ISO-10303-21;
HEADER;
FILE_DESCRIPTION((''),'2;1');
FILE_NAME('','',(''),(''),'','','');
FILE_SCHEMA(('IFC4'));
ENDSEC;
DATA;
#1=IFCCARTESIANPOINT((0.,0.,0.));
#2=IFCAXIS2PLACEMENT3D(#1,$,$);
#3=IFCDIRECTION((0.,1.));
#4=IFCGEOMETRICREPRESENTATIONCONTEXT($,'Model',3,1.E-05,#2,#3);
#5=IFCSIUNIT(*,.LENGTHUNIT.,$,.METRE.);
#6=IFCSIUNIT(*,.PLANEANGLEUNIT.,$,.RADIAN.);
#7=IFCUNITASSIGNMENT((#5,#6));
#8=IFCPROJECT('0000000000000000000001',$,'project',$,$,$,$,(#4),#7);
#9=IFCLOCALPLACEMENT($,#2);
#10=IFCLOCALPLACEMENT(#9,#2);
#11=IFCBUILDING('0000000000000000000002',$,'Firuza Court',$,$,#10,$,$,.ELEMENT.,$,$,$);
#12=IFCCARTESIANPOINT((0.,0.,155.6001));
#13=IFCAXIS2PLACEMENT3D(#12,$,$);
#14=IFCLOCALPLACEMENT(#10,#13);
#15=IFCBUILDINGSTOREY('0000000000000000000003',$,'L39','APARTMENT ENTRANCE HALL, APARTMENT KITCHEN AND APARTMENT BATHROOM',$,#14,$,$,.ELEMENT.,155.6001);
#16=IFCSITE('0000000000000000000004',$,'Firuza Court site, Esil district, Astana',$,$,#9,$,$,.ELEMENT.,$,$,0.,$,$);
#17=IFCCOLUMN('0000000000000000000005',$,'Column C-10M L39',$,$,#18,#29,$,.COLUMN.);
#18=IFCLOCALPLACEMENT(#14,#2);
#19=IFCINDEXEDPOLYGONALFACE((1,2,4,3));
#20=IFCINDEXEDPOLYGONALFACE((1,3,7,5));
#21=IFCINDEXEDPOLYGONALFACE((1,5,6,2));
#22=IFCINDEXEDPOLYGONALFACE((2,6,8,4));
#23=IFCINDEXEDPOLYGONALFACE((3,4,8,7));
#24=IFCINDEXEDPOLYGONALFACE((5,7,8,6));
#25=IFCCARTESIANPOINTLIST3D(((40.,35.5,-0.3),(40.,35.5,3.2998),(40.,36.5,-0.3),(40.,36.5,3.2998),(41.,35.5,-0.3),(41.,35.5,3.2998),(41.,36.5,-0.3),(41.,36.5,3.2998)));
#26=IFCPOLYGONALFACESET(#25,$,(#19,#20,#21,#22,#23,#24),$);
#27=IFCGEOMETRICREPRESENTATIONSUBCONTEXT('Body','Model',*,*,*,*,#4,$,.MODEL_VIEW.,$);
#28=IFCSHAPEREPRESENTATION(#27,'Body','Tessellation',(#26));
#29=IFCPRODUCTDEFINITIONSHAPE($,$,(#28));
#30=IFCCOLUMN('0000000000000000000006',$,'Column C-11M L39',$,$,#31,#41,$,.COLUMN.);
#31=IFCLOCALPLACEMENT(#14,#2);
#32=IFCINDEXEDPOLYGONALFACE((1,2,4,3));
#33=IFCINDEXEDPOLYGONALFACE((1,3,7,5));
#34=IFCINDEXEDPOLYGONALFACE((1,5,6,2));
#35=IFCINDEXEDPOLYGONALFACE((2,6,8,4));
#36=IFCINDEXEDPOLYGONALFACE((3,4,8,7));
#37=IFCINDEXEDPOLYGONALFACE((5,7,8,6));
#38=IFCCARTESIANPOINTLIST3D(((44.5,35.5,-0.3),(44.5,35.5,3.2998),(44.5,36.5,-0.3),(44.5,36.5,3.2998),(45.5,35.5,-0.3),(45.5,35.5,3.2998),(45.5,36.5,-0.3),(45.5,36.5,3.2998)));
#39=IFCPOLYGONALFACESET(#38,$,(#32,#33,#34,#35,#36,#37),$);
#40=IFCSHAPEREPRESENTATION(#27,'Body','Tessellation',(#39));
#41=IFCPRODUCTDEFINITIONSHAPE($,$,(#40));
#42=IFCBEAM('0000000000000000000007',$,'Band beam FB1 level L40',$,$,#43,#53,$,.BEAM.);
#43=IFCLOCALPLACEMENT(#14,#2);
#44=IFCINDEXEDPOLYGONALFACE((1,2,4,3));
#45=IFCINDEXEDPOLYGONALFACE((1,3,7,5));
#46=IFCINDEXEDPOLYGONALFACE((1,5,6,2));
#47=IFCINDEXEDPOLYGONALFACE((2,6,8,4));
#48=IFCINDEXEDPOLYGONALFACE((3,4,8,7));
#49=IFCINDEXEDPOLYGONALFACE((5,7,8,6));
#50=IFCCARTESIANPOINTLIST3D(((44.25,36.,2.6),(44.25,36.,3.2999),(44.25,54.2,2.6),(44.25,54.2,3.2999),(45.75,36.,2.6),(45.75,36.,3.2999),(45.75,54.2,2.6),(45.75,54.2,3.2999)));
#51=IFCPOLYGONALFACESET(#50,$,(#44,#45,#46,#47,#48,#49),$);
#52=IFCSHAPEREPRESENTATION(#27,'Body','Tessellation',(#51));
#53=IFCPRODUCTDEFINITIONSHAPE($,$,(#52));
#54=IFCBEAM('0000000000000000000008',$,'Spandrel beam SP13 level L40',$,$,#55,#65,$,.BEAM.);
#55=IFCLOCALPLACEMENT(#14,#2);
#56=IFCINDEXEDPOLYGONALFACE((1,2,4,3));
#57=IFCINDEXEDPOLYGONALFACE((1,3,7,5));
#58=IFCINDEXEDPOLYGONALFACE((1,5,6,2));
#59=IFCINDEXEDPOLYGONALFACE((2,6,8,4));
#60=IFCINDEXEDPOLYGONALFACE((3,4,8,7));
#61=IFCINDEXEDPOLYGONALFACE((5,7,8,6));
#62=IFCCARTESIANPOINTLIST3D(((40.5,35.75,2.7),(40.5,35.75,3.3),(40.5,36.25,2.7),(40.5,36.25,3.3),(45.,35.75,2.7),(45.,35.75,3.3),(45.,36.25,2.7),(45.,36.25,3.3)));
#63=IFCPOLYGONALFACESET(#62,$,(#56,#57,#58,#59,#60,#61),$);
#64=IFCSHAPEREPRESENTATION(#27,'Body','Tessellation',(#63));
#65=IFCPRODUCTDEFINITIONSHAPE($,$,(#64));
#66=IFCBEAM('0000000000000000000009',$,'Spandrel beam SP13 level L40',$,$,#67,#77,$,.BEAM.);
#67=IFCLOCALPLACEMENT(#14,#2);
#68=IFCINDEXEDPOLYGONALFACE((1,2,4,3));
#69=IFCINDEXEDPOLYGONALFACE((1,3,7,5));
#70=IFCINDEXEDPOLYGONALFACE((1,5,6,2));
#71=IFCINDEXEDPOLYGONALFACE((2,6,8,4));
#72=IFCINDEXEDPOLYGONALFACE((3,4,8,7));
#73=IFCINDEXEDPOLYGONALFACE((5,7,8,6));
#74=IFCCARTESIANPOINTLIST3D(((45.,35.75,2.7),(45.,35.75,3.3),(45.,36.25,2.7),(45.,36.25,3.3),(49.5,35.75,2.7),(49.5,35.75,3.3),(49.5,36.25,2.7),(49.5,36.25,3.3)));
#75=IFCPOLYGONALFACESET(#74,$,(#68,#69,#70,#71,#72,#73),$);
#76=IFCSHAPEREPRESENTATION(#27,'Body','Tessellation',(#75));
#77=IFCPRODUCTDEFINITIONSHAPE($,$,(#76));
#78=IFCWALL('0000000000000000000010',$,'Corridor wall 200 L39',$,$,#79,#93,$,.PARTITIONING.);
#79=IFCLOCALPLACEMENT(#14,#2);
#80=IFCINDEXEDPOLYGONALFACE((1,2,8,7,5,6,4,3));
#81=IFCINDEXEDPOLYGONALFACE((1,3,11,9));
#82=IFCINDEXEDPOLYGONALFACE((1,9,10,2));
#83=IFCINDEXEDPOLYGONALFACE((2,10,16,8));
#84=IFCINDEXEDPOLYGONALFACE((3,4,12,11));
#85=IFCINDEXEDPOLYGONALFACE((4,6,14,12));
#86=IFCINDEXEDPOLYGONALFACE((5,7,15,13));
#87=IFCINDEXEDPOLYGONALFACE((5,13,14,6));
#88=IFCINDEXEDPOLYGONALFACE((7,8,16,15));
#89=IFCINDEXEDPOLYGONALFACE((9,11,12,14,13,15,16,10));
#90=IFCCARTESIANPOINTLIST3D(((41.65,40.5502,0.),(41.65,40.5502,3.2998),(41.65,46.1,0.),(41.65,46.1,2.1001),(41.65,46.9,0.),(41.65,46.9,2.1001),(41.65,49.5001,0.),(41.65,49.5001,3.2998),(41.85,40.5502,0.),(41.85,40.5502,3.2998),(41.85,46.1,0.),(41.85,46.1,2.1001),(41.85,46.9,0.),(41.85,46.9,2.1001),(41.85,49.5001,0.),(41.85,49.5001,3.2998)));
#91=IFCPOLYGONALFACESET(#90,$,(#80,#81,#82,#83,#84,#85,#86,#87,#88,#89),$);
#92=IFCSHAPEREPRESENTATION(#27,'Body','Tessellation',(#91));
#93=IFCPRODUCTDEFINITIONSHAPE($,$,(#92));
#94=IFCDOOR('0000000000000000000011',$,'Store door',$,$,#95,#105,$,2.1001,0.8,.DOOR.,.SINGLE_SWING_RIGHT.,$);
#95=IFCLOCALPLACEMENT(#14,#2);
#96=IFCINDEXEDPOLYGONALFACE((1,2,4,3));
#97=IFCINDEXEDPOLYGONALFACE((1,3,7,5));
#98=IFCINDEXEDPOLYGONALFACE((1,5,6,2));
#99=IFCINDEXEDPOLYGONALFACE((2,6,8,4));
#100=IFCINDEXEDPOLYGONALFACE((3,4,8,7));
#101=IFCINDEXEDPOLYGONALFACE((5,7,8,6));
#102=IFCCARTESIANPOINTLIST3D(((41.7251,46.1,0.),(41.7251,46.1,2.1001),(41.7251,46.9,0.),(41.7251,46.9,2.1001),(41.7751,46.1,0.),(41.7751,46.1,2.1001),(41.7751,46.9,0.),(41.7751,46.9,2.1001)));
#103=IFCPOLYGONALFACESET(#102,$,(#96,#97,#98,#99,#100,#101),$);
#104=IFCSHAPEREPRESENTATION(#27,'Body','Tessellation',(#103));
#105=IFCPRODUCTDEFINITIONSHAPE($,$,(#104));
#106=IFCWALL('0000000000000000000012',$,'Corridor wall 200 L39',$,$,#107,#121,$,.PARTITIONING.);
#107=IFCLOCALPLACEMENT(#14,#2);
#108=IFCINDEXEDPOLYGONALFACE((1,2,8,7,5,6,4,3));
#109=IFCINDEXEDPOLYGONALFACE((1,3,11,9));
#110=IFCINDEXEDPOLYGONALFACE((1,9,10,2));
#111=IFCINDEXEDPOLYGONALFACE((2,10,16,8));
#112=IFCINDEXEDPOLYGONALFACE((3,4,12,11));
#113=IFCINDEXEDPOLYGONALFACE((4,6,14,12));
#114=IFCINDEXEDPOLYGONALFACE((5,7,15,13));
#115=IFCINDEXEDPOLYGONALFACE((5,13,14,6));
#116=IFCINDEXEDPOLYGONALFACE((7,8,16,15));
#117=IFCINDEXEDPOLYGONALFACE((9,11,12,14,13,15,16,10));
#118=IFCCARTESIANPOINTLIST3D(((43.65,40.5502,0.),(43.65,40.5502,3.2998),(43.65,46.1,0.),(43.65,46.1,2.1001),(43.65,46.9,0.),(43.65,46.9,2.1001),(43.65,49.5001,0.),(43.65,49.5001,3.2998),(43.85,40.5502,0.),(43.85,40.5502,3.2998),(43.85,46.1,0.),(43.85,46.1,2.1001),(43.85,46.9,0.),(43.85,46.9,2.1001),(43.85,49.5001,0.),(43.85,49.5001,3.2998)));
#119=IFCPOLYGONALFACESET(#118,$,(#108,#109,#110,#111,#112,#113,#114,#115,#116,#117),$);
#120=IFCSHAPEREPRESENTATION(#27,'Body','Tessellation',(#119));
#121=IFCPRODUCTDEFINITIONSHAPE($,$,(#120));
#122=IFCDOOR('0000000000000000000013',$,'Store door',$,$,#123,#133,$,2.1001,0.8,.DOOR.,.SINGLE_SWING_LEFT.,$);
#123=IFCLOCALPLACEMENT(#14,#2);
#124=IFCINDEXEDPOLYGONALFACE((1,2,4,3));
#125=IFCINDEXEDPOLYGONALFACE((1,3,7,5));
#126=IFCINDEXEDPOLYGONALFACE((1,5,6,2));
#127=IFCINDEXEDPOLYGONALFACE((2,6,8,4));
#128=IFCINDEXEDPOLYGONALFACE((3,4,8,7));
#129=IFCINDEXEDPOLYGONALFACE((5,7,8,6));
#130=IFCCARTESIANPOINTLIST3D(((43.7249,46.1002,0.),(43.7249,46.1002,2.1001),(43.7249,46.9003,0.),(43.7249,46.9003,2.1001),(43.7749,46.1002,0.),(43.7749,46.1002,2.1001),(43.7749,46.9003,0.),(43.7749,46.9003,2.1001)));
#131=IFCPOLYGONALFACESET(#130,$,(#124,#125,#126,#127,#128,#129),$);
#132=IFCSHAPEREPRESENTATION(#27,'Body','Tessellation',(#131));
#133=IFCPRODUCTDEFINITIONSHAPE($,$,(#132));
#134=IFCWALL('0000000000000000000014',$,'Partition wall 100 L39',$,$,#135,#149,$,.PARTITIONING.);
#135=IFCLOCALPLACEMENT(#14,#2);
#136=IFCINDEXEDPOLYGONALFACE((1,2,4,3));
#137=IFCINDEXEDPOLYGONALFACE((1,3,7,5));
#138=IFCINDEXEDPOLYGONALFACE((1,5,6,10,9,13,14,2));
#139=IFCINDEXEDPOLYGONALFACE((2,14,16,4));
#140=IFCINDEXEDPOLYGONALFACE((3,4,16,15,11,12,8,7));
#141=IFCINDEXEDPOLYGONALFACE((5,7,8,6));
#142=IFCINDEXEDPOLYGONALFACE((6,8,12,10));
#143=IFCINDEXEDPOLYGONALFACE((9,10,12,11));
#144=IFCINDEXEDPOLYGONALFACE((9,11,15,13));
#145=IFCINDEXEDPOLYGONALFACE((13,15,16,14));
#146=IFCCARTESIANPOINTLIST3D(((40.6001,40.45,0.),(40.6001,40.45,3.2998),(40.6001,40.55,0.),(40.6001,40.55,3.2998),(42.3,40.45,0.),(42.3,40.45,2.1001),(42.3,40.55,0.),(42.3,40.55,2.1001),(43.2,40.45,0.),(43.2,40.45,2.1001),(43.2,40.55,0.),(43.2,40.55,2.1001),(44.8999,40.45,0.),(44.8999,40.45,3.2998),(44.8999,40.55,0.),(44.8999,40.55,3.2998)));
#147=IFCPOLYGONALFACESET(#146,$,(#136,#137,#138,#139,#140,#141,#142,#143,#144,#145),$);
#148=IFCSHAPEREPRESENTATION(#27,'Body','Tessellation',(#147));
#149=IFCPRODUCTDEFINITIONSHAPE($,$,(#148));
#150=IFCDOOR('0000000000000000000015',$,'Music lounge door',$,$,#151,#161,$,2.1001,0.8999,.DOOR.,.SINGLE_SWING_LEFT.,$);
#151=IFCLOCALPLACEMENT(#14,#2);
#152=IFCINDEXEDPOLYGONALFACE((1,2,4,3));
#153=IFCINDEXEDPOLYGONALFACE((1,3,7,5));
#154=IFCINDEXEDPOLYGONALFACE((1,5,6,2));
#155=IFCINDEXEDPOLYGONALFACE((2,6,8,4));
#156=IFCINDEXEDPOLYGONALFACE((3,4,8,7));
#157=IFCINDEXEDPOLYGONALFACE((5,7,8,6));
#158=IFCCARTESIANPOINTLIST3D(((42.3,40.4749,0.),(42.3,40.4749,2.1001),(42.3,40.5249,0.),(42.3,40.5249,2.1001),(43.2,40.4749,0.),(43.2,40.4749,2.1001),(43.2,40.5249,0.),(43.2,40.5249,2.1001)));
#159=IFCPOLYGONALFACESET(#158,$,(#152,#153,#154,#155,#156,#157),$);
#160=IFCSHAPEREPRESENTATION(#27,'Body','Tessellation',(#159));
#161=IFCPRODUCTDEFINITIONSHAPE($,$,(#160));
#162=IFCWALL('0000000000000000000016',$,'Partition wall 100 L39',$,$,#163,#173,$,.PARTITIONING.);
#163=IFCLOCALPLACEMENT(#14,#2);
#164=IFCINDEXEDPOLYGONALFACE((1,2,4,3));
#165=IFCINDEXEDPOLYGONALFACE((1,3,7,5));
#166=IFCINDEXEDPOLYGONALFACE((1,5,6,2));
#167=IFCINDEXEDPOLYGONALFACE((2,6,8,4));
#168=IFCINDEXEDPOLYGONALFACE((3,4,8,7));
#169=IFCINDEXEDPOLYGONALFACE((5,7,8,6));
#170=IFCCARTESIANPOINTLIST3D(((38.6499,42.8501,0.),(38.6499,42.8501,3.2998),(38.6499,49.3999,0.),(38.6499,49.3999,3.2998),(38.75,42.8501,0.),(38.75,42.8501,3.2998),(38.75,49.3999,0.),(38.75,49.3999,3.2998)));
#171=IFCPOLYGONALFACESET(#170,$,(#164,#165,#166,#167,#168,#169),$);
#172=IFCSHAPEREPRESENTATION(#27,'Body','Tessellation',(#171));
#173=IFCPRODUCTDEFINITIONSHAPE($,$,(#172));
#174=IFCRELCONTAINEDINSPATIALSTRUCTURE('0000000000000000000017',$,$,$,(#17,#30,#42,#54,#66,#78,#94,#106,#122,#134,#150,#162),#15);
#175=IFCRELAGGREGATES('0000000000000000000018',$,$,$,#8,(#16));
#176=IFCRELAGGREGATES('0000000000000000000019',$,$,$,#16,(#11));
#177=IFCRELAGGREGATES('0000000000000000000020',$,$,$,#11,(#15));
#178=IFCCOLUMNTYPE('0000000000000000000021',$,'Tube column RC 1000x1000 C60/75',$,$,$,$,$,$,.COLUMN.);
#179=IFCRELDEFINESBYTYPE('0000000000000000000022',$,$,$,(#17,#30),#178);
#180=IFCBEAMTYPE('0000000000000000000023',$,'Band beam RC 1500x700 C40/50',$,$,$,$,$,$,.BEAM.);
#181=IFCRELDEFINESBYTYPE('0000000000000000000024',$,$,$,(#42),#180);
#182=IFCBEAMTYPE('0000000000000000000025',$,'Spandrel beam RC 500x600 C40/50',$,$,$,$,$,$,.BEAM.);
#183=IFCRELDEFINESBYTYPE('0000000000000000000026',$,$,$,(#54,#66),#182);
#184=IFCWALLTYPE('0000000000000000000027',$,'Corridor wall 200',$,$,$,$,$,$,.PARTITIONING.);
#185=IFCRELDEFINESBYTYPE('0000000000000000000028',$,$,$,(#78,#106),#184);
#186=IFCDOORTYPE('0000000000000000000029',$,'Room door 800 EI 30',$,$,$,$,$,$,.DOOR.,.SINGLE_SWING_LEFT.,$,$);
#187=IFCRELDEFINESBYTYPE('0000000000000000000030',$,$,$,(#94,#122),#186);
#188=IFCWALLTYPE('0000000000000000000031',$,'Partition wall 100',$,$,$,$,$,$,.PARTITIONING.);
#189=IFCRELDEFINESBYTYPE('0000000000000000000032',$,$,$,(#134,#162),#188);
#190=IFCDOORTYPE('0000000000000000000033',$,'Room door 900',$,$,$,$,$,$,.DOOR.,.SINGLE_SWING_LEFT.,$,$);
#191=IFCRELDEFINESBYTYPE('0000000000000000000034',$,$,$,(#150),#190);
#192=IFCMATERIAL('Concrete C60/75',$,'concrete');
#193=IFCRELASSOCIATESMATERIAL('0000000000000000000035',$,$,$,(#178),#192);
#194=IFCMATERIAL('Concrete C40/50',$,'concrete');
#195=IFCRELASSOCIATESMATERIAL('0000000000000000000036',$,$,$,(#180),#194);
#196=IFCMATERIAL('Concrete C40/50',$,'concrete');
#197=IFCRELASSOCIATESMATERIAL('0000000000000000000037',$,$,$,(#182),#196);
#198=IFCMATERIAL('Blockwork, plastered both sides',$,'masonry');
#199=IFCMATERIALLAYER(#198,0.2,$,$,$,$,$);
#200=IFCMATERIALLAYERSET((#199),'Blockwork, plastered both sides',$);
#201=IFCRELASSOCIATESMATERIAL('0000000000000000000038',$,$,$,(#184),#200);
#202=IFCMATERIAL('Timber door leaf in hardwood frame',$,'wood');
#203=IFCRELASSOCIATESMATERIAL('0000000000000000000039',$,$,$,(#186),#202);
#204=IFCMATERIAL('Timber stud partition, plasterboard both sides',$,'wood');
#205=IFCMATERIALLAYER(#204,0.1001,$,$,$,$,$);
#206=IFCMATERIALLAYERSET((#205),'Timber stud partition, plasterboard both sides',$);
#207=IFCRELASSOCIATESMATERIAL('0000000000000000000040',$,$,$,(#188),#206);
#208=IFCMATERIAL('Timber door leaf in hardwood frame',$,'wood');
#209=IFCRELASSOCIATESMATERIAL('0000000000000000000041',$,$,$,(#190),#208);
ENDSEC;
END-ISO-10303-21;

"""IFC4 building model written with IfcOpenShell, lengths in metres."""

from ifc_helpers import new_model, si_unit, direction, frame, frame_2d, origin, origin_2d, place, context, subcontext, project, spatial, rectangle, extrude, material, layer, layer_set, material_profile, profile_set, type_object, element, fill, save


model = new_model("IFC4")

# Units and contexts
model_context = context("Model", 3, precision=1e-05, world=origin(), true_north=direction((0.0, 1.0)))
body_context = subcontext(model_context, "Body", "Model", "MODEL_VIEW")
ifc_project = project(units=[si_unit("LENGTHUNIT", "METRE"), si_unit("PLANEANGLEUNIT", "RADIAN")], contexts=[model_context])

# Site, building, storey
site_placement = place(None, origin())
site = spatial("IfcSite", under=ifc_project, at=site_placement, Name="Firuza Court site, Esil district, Astana", CompositionType="ELEMENT", RefElevation=0.0)
building_placement = place(site_placement, origin())
building = spatial("IfcBuilding", under=site, at=building_placement, Name="Firuza Court", CompositionType="ELEMENT")
storey_placement = place(building_placement, frame((0.0, 0.0, 155.6001)))
storey = spatial("IfcBuildingStorey", under=building, at=storey_placement, Name="L39", Description="APARTMENT ENTRANCE HALL, APARTMENT KITCHEN AND APARTMENT BATHROOM", CompositionType="ELEMENT", Elevation=155.6001)

# Columns
ifc_material_1 = material(Name="Concrete C60/75", Category="concrete")
ifc_material_profile_1 = material_profile(ifc_material_1, rectangle(XDim=1.0, YDim=1.0, at=origin_2d()), Name="RC 1000x1000")
ifc_profile_set_1 = profile_set([ifc_material_profile_1], Name="Concrete C60/75")
column_type = type_object("IfcColumnType", Name="Tube column RC 1000x1000 C60/75", PredefinedType="COLUMN", material=ifc_profile_set_1)
for number, where, z_axis, x_axis, name in (
    (1, (40.5, 36.0, -0.3), (0.0, 0.0, 1.0), (1.0, 0.0, 0.0), "Column C-10M L39"),
    (2, (45.0, 36.0, -0.3), (0.0, 0.0, 1.0), (1.0, 0.0, 0.0), "Column C-11M L39"),
):
    element("IfcColumn", number, at=place(storey_placement, frame(where, z_axis=z_axis, x_axis=x_axis)), inside=storey, type_object=column_type, Name=name, PredefinedType="COLUMN", context=body_context, shape_type="SweptSolid", body=[
        extrude(rectangle(XDim=1.0, YDim=1.0, at=origin_2d()), origin(), (0.0, 0.0, 1.0), 3.5999),
    ])

# Beams
ifc_material_2 = material(Name="Concrete C40/50", Category="concrete")
ifc_material_profile_2 = material_profile(ifc_material_2, rectangle(XDim=1.5, YDim=0.7, at=origin_2d()), Name="RC 1500x700")
ifc_profile_set_2 = profile_set([ifc_material_profile_2], Name="Concrete C40/50")
beam_type_1 = type_object("IfcBeamType", Name="Band beam RC 1500x700 C40/50", PredefinedType="BEAM", material=ifc_profile_set_2)
beam_placement = place(storey_placement, frame((45.0, 36.0, 2.95), z_axis=(0.0, 1.0, 0.0), x_axis=(-1.0, 0.0, 0.0)))
element("IfcBeam", 3, at=beam_placement, inside=storey, type_object=beam_type_1, Name="Band beam FB1 level L40", PredefinedType="BEAM", context=body_context, shape_type="SweptSolid", body=[
    extrude(rectangle(XDim=1.5, YDim=0.7, at=origin_2d()), origin(), (0.0, 0.0, 1.0), 18.2),
])
ifc_material_3 = material(Name="Concrete C40/50", Category="concrete")
ifc_material_profile_3 = material_profile(ifc_material_3, rectangle(XDim=0.5, YDim=0.6001, at=origin_2d()), Name="RC 500x600")
ifc_profile_set_3 = profile_set([ifc_material_profile_3], Name="Concrete C40/50")
beam_type_2 = type_object("IfcBeamType", Name="Spandrel beam RC 500x600 C40/50", PredefinedType="BEAM", material=ifc_profile_set_3)
for number, where, z_axis, x_axis, name in (
    (4, (40.5, 36.0, 3.0), (1.0, 0.0, 0.0), (0.0, 1.0, 0.0), "Spandrel beam SP13 level L40"),
    (5, (45.0, 36.0, 3.0), (1.0, 0.0, 0.0), (0.0, 1.0, 0.0), "Spandrel beam SP13 level L40"),
):
    element("IfcBeam", number, at=place(storey_placement, frame(where, z_axis=z_axis, x_axis=x_axis)), inside=storey, type_object=beam_type_2, Name=name, PredefinedType="BEAM", context=body_context, shape_type="SweptSolid", body=[
        extrude(rectangle(XDim=0.5, YDim=0.6001, at=origin_2d()), origin(), (0.0, 0.0, 1.0), 4.5),
    ])

# Walls, openings, doors
ifc_material_4 = material(Name="Blockwork, plastered both sides", Category="masonry")
ifc_layer_1 = layer(ifc_material_4, 0.2)
ifc_layer_set_1 = layer_set([ifc_layer_1], Name="Blockwork, plastered both sides")
wall_type_1 = type_object("IfcWallType", Name="Corridor wall 200", PredefinedType="PARTITIONING", material=ifc_layer_set_1)
wall_1_placement = place(storey_placement, frame((41.75, 40.55, 0.0), z_axis=(0.0, 0.0, 1.0), x_axis=(0.0, 1.0, 0.0)))
wall_1 = element("IfcWall", 6, at=wall_1_placement, inside=storey, type_object=wall_type_1, Name="Corridor wall 200 L39", PredefinedType="PARTITIONING", context=body_context, shape_type="SweptSolid", body=[
    extrude(rectangle(XDim=8.95, YDim=0.2, at=frame_2d((4.4751, 0.0))), origin(), (0.0, 0.0, 1.0), 3.2998),
])
opening_1_placement = place(wall_1_placement, frame((5.55, 0.0, 0.0)))
opening_1 = element("IfcOpeningElement", 7, at=opening_1_placement, cuts=wall_1, PredefinedType="OPENING", context=body_context, shape_type="SweptSolid", body=[
    extrude(rectangle(XDim=0.8, YDim=2.1001, at=frame_2d((0.3999, 1.05))), frame((0.0, 0.1118, 0.0), z_axis=(0.0, -1.0, 0.0), x_axis=(1.0, 0.0, 0.0)), (0.0, 0.0, 1.0), 0.2239),
])
ifc_material_5 = material(Name="Timber door leaf in hardwood frame", Category="wood")
door_type_1 = type_object("IfcDoorType", Name="Room door 800 EI 30", OperationType="SINGLE_SWING_LEFT", PredefinedType="DOOR", material=ifc_material_5)
door_1_placement = place(opening_1_placement, origin())
door_1 = element("IfcDoor", 8, at=door_1_placement, inside=storey, type_object=door_type_1, Name="Store door", OperationType="SINGLE_SWING_RIGHT", OverallHeight=2.1001, OverallWidth=0.8, PredefinedType="DOOR", context=body_context, shape_type="SweptSolid", body=[
    extrude(rectangle(XDim=0.8, YDim=2.1001, at=frame_2d((0.3999, 1.05))), frame((0.0, 0.0249, 0.0), z_axis=(0.0, -1.0, 0.0), x_axis=(1.0, 0.0, 0.0)), (0.0, 0.0, 1.0), 0.05),
])
fill(opening_1, door_1)
wall_2_placement = place(storey_placement, frame((43.75, 40.55, 0.0), z_axis=(0.0, 0.0, 1.0), x_axis=(0.0, 1.0, 0.0)))
wall_2 = element("IfcWall", 9, at=wall_2_placement, inside=storey, type_object=wall_type_1, Name="Corridor wall 200 L39", PredefinedType="PARTITIONING", context=body_context, shape_type="SweptSolid", body=[
    extrude(rectangle(XDim=8.95, YDim=0.2, at=frame_2d((4.4751, 0.0))), origin(), (0.0, 0.0, 1.0), 3.2998),
])
opening_2_placement = place(wall_2_placement, frame((5.55, 0.0, 0.0)))
opening_2 = element("IfcOpeningElement", 10, at=opening_2_placement, cuts=wall_2, PredefinedType="OPENING", context=body_context, shape_type="SweptSolid", body=[
    extrude(rectangle(XDim=0.8, YDim=2.1001, at=frame_2d((0.3999, 1.05))), frame((0.0, 0.1118, 0.0), z_axis=(0.0, -1.0, 0.0), x_axis=(1.0, 0.0, 0.0)), (0.0, 0.0, 1.0), 0.2239),
])
door_2_placement = place(opening_2_placement, frame((0.8, 0.0, 0.0), z_axis=(0.0, 0.0, 1.0), x_axis=(-1.0, 0.0, 0.0)))
door_2 = element("IfcDoor", 11, at=door_2_placement, inside=storey, type_object=door_type_1, Name="Store door", OperationType="SINGLE_SWING_LEFT", OverallHeight=2.1001, OverallWidth=0.8, PredefinedType="DOOR", context=body_context, shape_type="SweptSolid", body=[
    extrude(rectangle(XDim=0.8, YDim=2.1001, at=frame_2d((0.3999, 1.05))), frame((0.0, 0.0249, 0.0), z_axis=(0.0, -1.0, 0.0), x_axis=(1.0, 0.0, 0.0)), (0.0, 0.0, 1.0), 0.05),
])
fill(opening_2, door_2)
ifc_material_6 = material(Name="Timber stud partition, plasterboard both sides", Category="wood")
ifc_layer_2 = layer(ifc_material_6, 0.1001)
ifc_layer_set_2 = layer_set([ifc_layer_2], Name="Timber stud partition, plasterboard both sides")
wall_type_2 = type_object("IfcWallType", Name="Partition wall 100", PredefinedType="PARTITIONING", material=ifc_layer_set_2)
wall_3_placement = place(storey_placement, frame((40.6001, 40.5, 0.0), z_axis=(0.0, 0.0, 1.0), x_axis=(1.0, 0.0, 0.0)))
wall_3 = element("IfcWall", 12, at=wall_3_placement, inside=storey, type_object=wall_type_2, Name="Partition wall 100 L39", PredefinedType="PARTITIONING", context=body_context, shape_type="SweptSolid", body=[
    extrude(rectangle(XDim=4.2998, YDim=0.1001, at=frame_2d((2.1499, 0.0))), origin(), (0.0, 0.0, 1.0), 3.2998),
])
opening_3_placement = place(wall_3_placement, frame((1.7, 0.0, 0.0)))
opening_3 = element("IfcOpeningElement", 13, at=opening_3_placement, cuts=wall_3, PredefinedType="OPENING", context=body_context, shape_type="SweptSolid", body=[
    extrude(rectangle(XDim=0.8999, YDim=2.1001, at=frame_2d((0.45, 1.05))), frame((0.0, 0.062, 0.0), z_axis=(0.0, -1.0, 0.0), x_axis=(1.0, 0.0, 0.0)), (0.0, 0.0, 1.0), 0.124),
])
ifc_material_7 = material(Name="Timber door leaf in hardwood frame", Category="wood")
door_type_2 = type_object("IfcDoorType", Name="Room door 900", OperationType="SINGLE_SWING_LEFT", PredefinedType="DOOR", material=ifc_material_7)
door_3_placement = place(opening_3_placement, origin())
door_3 = element("IfcDoor", 14, at=door_3_placement, inside=storey, type_object=door_type_2, Name="Music lounge door", OperationType="SINGLE_SWING_LEFT", OverallHeight=2.1001, OverallWidth=0.8999, PredefinedType="DOOR", context=body_context, shape_type="SweptSolid", body=[
    extrude(rectangle(XDim=0.8999, YDim=2.1001, at=frame_2d((0.45, 1.05))), frame((0.0, 0.0249, 0.0), z_axis=(0.0, -1.0, 0.0), x_axis=(1.0, 0.0, 0.0)), (0.0, 0.0, 1.0), 0.05),
])
fill(opening_3, door_3)

# Wall
wall_4_placement = place(storey_placement, frame((38.7, 42.8501, 0.0), z_axis=(0.0, 0.0, 1.0), x_axis=(0.0, 1.0, 0.0)))
element("IfcWall", 15, at=wall_4_placement, inside=storey, type_object=wall_type_2, Name="Partition wall 100 L39", PredefinedType="PARTITIONING", context=body_context, shape_type="SweptSolid", body=[
    extrude(rectangle(XDim=6.5498, YDim=0.1001, at=frame_2d((3.2749, 0.0))), origin(), (0.0, 0.0, 1.0), 3.2998),
])

save(model, "model.ifc")
